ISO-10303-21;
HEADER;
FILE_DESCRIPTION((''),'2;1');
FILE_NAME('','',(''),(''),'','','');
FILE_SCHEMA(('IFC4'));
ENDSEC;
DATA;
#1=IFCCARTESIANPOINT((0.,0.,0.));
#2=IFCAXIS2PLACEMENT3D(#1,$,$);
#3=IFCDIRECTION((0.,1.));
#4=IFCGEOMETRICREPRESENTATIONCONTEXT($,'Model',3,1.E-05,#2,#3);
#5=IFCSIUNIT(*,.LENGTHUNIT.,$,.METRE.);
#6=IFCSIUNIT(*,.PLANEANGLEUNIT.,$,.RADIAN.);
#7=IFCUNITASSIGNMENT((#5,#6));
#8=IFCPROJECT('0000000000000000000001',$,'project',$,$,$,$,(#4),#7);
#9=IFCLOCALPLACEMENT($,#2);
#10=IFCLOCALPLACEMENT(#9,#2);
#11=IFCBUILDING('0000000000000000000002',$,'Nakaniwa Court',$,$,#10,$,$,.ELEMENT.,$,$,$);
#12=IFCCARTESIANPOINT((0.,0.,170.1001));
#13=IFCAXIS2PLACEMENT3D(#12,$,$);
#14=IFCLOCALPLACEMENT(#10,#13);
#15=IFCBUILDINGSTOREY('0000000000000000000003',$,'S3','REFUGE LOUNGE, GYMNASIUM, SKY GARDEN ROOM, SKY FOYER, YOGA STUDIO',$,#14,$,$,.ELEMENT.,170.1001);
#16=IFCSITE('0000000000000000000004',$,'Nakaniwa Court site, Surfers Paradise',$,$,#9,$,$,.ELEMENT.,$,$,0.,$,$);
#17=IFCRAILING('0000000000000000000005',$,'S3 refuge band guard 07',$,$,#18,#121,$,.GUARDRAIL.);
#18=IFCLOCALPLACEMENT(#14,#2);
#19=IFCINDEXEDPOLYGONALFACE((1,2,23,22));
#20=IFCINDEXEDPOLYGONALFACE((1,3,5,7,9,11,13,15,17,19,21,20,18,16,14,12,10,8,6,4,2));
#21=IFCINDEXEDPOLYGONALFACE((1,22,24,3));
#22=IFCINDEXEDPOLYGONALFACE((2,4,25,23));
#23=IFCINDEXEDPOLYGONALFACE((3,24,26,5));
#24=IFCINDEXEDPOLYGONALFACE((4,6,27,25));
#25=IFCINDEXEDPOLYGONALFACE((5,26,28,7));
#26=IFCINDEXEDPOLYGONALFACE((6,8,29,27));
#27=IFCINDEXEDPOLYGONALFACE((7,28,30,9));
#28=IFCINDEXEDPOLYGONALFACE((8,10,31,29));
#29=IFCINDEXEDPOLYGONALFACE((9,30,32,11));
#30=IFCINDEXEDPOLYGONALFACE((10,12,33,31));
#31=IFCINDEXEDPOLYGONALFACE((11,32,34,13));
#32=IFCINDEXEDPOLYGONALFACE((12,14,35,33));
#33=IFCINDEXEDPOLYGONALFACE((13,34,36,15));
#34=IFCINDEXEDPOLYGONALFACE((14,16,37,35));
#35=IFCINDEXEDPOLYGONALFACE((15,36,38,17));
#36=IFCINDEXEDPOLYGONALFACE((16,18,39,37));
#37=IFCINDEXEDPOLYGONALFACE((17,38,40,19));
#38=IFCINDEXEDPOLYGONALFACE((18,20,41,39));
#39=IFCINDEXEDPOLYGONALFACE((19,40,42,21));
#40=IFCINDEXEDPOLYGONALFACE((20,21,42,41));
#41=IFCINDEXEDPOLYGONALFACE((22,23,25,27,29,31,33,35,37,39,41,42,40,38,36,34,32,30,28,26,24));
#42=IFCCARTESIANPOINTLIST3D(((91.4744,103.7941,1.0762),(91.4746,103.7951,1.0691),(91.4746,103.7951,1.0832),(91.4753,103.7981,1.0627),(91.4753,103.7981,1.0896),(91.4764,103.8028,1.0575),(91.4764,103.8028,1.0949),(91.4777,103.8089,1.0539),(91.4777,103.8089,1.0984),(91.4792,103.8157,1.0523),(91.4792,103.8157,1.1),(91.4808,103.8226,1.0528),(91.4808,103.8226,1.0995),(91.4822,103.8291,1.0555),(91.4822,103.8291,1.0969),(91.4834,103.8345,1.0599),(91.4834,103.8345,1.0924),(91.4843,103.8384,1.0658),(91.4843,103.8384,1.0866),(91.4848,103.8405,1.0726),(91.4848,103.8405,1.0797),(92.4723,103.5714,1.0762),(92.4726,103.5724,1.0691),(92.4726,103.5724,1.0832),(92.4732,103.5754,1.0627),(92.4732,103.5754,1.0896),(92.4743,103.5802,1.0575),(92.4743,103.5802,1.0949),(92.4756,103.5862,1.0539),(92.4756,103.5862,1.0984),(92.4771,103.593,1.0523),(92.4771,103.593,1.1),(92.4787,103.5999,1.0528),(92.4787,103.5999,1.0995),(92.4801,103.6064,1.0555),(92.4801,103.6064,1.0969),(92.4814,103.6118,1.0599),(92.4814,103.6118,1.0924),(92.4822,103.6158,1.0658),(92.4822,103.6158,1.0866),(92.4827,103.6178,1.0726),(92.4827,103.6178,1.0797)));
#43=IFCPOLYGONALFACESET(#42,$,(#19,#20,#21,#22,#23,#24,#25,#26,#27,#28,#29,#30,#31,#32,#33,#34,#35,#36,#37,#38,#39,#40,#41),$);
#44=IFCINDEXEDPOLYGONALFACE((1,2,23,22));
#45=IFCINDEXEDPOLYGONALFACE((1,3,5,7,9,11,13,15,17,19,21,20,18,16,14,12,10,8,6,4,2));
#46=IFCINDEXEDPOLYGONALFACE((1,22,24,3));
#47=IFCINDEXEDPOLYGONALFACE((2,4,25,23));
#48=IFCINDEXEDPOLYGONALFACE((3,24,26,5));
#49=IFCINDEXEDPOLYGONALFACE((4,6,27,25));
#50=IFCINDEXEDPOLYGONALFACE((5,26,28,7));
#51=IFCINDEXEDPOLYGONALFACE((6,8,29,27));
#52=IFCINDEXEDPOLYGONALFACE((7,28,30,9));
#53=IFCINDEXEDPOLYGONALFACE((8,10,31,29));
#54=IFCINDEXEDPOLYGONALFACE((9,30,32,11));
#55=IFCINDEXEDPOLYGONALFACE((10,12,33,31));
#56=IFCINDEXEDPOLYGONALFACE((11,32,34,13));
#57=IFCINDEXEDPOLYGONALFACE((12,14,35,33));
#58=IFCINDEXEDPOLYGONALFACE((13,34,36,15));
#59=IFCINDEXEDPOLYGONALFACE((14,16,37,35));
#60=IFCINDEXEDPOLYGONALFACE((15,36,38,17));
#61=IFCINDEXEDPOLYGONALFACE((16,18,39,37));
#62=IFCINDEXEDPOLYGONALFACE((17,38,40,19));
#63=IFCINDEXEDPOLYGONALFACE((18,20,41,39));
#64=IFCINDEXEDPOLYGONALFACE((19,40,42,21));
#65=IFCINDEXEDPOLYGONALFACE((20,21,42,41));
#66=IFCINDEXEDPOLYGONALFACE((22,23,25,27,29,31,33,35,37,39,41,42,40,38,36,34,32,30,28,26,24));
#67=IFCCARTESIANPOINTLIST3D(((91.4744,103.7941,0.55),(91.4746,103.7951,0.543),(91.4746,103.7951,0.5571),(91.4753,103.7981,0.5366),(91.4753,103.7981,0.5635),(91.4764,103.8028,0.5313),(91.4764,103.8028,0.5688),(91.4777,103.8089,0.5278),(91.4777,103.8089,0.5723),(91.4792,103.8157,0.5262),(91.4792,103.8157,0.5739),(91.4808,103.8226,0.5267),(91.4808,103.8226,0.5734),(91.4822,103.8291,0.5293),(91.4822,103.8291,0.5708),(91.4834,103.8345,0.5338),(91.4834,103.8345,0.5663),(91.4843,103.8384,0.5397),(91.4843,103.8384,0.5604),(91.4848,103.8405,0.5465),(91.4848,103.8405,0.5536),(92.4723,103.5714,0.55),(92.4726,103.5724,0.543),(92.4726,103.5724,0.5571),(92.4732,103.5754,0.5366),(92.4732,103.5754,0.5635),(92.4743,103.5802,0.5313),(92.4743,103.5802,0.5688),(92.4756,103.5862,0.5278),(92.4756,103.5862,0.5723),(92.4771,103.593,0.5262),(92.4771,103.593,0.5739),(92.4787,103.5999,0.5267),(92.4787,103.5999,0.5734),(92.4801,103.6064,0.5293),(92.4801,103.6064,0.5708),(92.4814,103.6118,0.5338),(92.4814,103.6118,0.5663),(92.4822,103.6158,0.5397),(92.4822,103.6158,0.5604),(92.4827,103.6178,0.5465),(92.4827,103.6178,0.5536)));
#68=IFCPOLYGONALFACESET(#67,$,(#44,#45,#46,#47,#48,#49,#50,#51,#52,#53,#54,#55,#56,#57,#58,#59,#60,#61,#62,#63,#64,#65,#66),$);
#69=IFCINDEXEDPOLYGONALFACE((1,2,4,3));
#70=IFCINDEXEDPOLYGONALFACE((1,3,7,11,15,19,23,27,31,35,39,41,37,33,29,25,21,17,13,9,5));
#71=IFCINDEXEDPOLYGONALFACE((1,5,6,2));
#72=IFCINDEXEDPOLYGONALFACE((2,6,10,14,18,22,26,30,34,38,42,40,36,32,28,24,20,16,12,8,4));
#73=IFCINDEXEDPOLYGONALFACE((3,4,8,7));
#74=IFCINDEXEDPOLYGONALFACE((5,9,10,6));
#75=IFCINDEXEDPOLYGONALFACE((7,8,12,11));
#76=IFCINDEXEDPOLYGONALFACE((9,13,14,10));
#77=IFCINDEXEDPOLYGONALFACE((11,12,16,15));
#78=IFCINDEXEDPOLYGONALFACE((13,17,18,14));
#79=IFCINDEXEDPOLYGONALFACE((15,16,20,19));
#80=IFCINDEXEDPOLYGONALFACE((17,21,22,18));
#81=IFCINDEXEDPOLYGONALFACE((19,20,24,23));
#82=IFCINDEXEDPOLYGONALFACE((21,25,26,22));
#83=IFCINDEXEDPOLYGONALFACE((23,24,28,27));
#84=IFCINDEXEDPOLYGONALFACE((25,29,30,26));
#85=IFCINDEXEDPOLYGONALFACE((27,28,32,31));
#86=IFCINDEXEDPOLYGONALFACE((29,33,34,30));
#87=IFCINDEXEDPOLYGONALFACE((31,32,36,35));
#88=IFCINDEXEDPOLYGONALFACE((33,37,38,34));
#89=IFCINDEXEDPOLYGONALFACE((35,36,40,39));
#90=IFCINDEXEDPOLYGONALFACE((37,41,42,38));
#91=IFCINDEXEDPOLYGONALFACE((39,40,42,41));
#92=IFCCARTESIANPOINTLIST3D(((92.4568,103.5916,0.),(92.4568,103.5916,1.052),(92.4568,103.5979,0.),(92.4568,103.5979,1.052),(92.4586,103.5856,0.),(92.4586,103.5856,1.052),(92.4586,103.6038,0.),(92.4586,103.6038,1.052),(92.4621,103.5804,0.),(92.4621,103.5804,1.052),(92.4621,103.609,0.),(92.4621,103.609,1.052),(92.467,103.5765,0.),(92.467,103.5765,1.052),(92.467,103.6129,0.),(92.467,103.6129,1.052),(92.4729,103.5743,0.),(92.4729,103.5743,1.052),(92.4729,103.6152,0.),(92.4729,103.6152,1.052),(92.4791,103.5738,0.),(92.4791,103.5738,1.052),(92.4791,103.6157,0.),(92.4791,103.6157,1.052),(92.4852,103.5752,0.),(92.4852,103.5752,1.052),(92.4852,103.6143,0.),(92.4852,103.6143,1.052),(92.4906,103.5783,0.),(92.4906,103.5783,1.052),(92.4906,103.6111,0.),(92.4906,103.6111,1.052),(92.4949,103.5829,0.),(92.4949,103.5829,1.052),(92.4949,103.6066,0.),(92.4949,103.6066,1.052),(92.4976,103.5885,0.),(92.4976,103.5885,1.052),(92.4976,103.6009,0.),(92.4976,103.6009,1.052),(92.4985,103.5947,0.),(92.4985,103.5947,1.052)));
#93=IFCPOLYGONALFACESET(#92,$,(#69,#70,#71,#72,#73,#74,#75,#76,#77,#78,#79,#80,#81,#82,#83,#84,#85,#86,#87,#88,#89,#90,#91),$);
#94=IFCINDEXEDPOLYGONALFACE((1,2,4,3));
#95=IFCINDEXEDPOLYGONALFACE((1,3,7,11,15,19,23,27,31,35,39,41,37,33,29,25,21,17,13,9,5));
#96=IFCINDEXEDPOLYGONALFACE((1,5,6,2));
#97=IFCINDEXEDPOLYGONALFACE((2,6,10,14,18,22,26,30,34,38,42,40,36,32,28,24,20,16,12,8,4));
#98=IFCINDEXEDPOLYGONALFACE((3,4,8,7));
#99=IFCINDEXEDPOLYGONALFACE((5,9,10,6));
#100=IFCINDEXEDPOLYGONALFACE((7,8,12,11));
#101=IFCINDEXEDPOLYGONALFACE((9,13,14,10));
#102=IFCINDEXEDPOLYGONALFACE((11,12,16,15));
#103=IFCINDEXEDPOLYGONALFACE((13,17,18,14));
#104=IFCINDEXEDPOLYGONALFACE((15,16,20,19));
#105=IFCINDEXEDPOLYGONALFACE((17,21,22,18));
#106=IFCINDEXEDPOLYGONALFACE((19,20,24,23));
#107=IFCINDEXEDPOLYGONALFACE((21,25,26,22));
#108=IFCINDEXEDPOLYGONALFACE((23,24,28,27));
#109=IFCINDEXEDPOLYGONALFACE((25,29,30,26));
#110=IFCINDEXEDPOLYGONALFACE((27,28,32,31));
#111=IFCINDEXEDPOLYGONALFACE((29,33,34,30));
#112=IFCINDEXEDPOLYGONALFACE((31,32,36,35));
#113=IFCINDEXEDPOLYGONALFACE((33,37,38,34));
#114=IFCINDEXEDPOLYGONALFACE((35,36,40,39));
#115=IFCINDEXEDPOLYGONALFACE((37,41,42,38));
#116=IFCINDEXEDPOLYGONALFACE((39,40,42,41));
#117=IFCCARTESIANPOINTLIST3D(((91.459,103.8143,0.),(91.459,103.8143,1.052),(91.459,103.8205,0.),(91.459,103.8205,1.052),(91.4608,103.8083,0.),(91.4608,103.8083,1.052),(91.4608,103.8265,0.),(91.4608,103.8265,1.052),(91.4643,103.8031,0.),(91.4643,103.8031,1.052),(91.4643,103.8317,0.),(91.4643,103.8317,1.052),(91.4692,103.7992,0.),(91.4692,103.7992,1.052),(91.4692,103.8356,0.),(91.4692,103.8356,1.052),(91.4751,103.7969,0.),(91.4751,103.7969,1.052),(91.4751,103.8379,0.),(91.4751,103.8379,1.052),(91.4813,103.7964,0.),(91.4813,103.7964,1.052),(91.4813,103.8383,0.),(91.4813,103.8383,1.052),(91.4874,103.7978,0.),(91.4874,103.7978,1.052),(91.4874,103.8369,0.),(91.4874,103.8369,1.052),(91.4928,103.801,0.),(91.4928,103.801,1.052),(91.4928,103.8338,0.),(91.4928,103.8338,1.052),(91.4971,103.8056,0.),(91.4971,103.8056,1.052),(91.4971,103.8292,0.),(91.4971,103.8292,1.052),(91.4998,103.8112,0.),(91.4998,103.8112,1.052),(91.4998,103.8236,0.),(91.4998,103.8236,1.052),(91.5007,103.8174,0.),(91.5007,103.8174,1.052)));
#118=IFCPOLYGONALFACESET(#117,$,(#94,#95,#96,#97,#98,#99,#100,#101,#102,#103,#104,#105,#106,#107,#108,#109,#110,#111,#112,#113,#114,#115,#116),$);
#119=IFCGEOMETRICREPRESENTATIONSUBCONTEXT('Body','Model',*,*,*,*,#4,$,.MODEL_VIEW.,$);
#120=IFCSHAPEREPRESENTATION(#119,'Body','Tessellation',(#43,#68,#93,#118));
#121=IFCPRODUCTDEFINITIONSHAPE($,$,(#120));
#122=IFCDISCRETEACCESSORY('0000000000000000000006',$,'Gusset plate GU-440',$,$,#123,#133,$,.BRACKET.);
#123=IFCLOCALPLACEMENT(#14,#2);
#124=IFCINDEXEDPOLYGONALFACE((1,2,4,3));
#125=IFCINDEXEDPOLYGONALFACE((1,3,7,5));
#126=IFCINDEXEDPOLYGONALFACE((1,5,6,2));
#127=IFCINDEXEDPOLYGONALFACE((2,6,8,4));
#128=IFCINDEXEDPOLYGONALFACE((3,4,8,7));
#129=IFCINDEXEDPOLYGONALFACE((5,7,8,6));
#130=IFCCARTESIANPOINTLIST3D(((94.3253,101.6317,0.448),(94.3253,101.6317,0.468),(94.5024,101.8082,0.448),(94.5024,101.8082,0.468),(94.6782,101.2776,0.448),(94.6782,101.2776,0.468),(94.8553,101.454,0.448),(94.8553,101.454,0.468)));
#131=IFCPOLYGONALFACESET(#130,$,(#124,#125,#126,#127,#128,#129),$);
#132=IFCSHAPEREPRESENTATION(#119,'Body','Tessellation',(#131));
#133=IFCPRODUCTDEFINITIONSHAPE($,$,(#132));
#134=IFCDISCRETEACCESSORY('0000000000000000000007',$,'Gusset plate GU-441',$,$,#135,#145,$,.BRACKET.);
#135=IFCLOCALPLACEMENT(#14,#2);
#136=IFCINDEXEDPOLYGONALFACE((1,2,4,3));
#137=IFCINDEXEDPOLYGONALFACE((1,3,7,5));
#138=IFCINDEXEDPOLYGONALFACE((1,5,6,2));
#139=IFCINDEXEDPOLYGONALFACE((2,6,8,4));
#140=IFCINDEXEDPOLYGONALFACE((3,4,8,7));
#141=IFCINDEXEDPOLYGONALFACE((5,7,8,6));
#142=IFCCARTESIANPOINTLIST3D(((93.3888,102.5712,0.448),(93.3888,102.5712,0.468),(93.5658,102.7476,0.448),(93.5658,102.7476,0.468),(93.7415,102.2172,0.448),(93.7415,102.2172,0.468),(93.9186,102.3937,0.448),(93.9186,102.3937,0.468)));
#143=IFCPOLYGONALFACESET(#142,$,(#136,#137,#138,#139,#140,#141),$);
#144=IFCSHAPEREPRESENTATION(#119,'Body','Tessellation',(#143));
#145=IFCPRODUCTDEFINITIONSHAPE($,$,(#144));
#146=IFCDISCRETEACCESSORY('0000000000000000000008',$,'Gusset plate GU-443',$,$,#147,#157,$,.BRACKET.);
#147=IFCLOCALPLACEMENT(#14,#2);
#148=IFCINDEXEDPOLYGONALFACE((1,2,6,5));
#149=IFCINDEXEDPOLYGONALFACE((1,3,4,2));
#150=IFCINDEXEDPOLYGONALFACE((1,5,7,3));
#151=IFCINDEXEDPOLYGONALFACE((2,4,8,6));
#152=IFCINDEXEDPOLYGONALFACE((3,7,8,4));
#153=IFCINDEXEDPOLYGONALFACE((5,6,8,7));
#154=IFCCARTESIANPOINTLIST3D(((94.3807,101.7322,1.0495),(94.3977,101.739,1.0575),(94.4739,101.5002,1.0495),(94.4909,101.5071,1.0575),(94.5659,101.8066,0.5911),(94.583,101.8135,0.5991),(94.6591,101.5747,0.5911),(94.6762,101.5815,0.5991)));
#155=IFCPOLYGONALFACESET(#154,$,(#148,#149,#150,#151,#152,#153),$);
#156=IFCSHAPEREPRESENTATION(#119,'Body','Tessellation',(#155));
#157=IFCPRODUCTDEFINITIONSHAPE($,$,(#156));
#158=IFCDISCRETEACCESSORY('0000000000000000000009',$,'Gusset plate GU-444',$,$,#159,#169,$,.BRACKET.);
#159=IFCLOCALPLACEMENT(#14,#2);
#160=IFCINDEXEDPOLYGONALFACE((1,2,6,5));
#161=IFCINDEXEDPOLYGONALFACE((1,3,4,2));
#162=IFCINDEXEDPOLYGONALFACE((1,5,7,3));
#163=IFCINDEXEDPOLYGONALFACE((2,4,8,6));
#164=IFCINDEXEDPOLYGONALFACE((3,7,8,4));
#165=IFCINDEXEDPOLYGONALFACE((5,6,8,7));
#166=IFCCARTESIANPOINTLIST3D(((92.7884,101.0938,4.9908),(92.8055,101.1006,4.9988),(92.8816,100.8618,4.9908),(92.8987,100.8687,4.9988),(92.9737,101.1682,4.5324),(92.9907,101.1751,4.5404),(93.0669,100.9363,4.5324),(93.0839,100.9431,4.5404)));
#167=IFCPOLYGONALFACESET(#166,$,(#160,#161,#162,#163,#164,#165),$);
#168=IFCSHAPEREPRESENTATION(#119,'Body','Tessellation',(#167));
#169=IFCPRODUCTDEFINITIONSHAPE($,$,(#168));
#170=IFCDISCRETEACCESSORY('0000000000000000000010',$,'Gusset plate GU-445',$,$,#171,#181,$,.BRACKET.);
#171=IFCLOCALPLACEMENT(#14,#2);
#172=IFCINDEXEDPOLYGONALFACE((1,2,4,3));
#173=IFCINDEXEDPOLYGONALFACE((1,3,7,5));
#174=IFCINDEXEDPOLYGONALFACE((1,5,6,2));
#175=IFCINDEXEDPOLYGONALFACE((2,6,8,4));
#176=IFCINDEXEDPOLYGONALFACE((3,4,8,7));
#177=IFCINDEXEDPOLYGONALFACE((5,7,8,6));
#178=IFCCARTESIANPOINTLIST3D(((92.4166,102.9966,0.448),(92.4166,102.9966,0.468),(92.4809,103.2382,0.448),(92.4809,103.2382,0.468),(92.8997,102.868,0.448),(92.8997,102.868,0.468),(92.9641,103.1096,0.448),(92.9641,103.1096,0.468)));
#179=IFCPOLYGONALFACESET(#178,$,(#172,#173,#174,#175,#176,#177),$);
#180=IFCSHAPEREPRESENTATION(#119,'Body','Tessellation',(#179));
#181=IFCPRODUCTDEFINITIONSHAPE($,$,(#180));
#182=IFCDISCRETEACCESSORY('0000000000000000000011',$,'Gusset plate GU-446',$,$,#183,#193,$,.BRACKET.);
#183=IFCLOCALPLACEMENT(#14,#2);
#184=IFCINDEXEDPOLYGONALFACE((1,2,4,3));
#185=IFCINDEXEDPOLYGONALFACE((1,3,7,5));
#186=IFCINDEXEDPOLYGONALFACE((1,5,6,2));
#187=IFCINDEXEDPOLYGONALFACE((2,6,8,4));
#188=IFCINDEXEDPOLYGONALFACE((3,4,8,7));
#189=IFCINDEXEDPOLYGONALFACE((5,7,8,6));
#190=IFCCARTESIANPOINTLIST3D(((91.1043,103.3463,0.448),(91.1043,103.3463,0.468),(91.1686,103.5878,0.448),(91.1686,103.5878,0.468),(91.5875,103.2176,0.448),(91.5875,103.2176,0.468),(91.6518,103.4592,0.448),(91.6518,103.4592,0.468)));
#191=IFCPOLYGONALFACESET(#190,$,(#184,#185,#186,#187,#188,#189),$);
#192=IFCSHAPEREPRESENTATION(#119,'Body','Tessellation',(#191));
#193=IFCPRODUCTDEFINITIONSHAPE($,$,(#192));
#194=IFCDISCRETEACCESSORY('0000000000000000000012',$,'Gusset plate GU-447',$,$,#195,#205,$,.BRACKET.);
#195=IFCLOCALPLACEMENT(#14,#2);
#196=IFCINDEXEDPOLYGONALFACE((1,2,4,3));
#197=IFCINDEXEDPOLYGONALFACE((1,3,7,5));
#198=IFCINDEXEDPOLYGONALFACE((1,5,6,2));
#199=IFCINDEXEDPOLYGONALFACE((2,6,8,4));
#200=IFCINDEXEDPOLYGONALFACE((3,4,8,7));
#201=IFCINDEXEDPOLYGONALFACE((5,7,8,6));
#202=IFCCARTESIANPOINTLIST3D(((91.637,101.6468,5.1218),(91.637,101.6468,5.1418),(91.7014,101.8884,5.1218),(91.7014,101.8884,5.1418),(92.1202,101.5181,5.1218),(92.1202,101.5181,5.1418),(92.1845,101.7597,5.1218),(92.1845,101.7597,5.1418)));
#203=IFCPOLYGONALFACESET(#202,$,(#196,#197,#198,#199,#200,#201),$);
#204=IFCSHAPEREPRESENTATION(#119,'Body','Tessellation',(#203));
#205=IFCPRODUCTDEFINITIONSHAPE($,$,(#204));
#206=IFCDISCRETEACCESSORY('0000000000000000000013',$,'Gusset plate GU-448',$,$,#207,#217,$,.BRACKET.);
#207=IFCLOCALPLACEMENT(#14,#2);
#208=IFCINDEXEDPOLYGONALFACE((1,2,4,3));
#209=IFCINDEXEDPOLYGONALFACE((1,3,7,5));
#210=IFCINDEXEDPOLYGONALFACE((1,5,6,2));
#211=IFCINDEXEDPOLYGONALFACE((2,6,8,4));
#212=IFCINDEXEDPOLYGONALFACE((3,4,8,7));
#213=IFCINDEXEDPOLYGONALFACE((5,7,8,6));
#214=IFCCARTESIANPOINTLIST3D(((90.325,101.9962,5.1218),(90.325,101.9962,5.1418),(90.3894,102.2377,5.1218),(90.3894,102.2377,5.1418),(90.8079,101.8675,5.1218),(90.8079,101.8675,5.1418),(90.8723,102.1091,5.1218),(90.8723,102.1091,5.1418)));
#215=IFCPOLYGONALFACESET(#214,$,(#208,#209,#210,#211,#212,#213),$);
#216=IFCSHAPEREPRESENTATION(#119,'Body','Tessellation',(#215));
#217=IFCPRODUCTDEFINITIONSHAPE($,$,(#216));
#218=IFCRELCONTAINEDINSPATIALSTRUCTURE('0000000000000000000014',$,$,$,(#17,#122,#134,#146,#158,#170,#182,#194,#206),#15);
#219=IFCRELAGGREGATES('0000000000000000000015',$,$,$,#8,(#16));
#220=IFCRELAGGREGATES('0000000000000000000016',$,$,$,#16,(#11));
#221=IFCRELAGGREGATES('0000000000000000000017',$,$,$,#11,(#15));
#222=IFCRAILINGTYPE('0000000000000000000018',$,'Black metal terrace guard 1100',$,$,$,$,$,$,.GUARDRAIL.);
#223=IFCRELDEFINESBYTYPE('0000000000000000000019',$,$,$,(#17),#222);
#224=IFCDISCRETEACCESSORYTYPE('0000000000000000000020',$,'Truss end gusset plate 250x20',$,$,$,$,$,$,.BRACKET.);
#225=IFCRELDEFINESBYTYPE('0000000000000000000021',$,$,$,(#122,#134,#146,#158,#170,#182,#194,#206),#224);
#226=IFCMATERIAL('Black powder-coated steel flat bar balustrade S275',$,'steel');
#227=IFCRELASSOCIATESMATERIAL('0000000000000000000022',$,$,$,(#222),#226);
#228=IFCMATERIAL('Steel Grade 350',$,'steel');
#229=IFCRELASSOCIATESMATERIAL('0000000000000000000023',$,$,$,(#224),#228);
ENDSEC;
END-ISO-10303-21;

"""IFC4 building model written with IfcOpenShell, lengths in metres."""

from ifc_helpers import new_model, si_unit, direction, frame, origin, origin_2d, place, context, subcontext, project, spatial, rectangle, circle, extrude, material, material_profile, profile_set, type_object, element, save


model = new_model("IFC4")

# Units and contexts
model_context = context("Model", 3, precision=1e-05, world=origin(), true_north=direction((0.0, 1.0)))
body_context = subcontext(model_context, "Body", "Model", "MODEL_VIEW")
ifc_project = project(units=[si_unit("LENGTHUNIT", "METRE"), si_unit("PLANEANGLEUNIT", "RADIAN")], contexts=[model_context])

# Site, building, storey
site_placement = place(None, origin())
site = spatial("IfcSite", under=ifc_project, at=site_placement, Name="Nakaniwa Court site, Surfers Paradise", CompositionType="ELEMENT", RefElevation=0.0)
building_placement = place(site_placement, origin())
building = spatial("IfcBuilding", under=site, at=building_placement, Name="Nakaniwa Court", CompositionType="ELEMENT")
storey_placement = place(building_placement, frame((0.0, 0.0, 170.1001)))
storey = spatial("IfcBuildingStorey", under=building, at=storey_placement, Name="S3", Description="REFUGE LOUNGE, GYMNASIUM, SKY GARDEN ROOM, SKY FOYER, YOGA STUDIO", CompositionType="ELEMENT", Elevation=170.1001)

# Shared definitions
ifc_material_1 = material(Name="Steel Grade 350", Category="steel")

# Railing
ifc_material_2 = material(Name="Black powder-coated steel flat bar balustrade S275", Category="steel")
railing_type = type_object("IfcRailingType", Name="Black metal terrace guard 1100", PredefinedType="GUARDRAIL", material=ifc_material_2)
railing_1_placement = place(storey_placement, frame((92.4775, 103.5947, 0.0)))
element("IfcRailing", 1, at=railing_1_placement, inside=storey, type_object=railing_type, Name="S3 refuge band guard 07", PredefinedType="GUARDRAIL", context=body_context, shape_type="SweptSolid", body=[
    extrude(circle(Radius=0.0239, at=origin_2d()), frame((0.0, 0.0, 1.0762), z_axis=(-0.975996, 0.21779, 0.0), x_axis=(-0.21779, -0.975996, 0.0)), (0.0, 0.0, 1.0), 1.0225),
    extrude(circle(Radius=0.0239, at=origin_2d()), frame((0.0, 0.0, 0.55), z_axis=(-0.975996, 0.21779, 0.0), x_axis=(-0.21779, -0.975996, 0.0)), (0.0, 0.0, 1.0), 1.0225),
    extrude(circle(Radius=0.021, at=origin_2d()), origin(), (0.0, 0.0, 1.0), 1.052),
    extrude(circle(Radius=0.021, at=origin_2d()), frame((-0.9978, 0.2227, 0.0)), (0.0, 0.0, 1.0), 1.052),
])

# Discrete accessories
ifc_material_profile_1 = material_profile(ifc_material_1, rectangle(XDim=0.25, YDim=0.02, at=origin_2d()), Name="Truss end gusset plate 250x20")
ifc_profile_set_1 = profile_set([ifc_material_profile_1], Name="Steel Grade 350")
discrete_accessory_type = type_object("IfcDiscreteAccessoryType", Name="Truss end gusset plate 250x20", PredefinedType="BRACKET", material=ifc_profile_set_1)
discrete_accessory_1_placement = place(storey_placement, frame((94.4138, 101.72, 0.458), z_axis=(0.705885, -0.708326, 0.0), x_axis=(0.708326, 0.705885, 0.0)))
element("IfcDiscreteAccessory", 2, at=discrete_accessory_1_placement, inside=storey, type_object=discrete_accessory_type, Name="Gusset plate GU-440", PredefinedType="BRACKET", context=body_context, shape_type="SweptSolid", body=[
    extrude(rectangle(XDim=0.25, YDim=0.02, at=origin_2d()), origin(), (0.0, 0.0, 1.0), 0.5),
])
discrete_accessory_2_placement = place(storey_placement, frame((93.8301, 102.3054, 0.458), z_axis=(-0.705884, 0.708327, 0.0), x_axis=(-0.708327, -0.705884, 0.0)))
element("IfcDiscreteAccessory", 3, at=discrete_accessory_2_placement, inside=storey, type_object=discrete_accessory_type, Name="Gusset plate GU-441", PredefinedType="BRACKET", context=body_context, shape_type="SweptSolid", body=[
    extrude(rectangle(XDim=0.25, YDim=0.02, at=origin_2d()), origin(), (0.0, 0.0, 1.0), 0.4998),
])
for number, where, z_axis, x_axis, name in (
    (4, (94.4358, 101.6196, 1.0535), (0.370531, 0.148896, -0.916808), (-0.372866, 0.927885, 0.0), "Gusset plate GU-443"),
    (5, (93.0288, 101.0557, 4.5364), (-0.370531, -0.148896, 0.916808), (0.372866, -0.927885, 0.0), "Gusset plate GU-444"),
    (6, (92.4487, 103.1174, 0.458), (0.966324, -0.257328, 0.0), (0.257328, 0.966324, 0.0), "Gusset plate GU-445"),
    (7, (91.6196, 103.3384, 0.458), (-0.966324, 0.257328, 0.0), (-0.257328, -0.966324, 0.0), "Gusset plate GU-446"),
    (8, (91.6692, 101.7676, 5.1318), (0.966324, -0.257328, 0.0), (0.257328, 0.966324, 0.0), "Gusset plate GU-447"),
):
    element("IfcDiscreteAccessory", number, at=place(storey_placement, frame(where, z_axis=z_axis, x_axis=x_axis)), inside=storey, type_object=discrete_accessory_type, Name=name, PredefinedType="BRACKET", context=body_context, shape_type="SweptSolid", body=[
        extrude(rectangle(XDim=0.25, YDim=0.02, at=origin_2d()), origin(), (0.0, 0.0, 1.0), 0.5),
    ])
for number, where, z_axis, x_axis, name in (
    (9, (90.8401, 101.9883, 5.1318), (-0.966292, 0.25745, 0.0), (-0.25745, -0.966292, 0.0), "Gusset plate GU-448"),
):
    element("IfcDiscreteAccessory", number, at=place(storey_placement, frame(where, z_axis=z_axis, x_axis=x_axis)), inside=storey, type_object=discrete_accessory_type, Name=name, PredefinedType="BRACKET", context=body_context, shape_type="SweptSolid", body=[
        extrude(rectangle(XDim=0.25, YDim=0.02, at=origin_2d()), origin(), (0.0, 0.0, 1.0), 0.4998),
    ])

save(model, "model.ifc")
